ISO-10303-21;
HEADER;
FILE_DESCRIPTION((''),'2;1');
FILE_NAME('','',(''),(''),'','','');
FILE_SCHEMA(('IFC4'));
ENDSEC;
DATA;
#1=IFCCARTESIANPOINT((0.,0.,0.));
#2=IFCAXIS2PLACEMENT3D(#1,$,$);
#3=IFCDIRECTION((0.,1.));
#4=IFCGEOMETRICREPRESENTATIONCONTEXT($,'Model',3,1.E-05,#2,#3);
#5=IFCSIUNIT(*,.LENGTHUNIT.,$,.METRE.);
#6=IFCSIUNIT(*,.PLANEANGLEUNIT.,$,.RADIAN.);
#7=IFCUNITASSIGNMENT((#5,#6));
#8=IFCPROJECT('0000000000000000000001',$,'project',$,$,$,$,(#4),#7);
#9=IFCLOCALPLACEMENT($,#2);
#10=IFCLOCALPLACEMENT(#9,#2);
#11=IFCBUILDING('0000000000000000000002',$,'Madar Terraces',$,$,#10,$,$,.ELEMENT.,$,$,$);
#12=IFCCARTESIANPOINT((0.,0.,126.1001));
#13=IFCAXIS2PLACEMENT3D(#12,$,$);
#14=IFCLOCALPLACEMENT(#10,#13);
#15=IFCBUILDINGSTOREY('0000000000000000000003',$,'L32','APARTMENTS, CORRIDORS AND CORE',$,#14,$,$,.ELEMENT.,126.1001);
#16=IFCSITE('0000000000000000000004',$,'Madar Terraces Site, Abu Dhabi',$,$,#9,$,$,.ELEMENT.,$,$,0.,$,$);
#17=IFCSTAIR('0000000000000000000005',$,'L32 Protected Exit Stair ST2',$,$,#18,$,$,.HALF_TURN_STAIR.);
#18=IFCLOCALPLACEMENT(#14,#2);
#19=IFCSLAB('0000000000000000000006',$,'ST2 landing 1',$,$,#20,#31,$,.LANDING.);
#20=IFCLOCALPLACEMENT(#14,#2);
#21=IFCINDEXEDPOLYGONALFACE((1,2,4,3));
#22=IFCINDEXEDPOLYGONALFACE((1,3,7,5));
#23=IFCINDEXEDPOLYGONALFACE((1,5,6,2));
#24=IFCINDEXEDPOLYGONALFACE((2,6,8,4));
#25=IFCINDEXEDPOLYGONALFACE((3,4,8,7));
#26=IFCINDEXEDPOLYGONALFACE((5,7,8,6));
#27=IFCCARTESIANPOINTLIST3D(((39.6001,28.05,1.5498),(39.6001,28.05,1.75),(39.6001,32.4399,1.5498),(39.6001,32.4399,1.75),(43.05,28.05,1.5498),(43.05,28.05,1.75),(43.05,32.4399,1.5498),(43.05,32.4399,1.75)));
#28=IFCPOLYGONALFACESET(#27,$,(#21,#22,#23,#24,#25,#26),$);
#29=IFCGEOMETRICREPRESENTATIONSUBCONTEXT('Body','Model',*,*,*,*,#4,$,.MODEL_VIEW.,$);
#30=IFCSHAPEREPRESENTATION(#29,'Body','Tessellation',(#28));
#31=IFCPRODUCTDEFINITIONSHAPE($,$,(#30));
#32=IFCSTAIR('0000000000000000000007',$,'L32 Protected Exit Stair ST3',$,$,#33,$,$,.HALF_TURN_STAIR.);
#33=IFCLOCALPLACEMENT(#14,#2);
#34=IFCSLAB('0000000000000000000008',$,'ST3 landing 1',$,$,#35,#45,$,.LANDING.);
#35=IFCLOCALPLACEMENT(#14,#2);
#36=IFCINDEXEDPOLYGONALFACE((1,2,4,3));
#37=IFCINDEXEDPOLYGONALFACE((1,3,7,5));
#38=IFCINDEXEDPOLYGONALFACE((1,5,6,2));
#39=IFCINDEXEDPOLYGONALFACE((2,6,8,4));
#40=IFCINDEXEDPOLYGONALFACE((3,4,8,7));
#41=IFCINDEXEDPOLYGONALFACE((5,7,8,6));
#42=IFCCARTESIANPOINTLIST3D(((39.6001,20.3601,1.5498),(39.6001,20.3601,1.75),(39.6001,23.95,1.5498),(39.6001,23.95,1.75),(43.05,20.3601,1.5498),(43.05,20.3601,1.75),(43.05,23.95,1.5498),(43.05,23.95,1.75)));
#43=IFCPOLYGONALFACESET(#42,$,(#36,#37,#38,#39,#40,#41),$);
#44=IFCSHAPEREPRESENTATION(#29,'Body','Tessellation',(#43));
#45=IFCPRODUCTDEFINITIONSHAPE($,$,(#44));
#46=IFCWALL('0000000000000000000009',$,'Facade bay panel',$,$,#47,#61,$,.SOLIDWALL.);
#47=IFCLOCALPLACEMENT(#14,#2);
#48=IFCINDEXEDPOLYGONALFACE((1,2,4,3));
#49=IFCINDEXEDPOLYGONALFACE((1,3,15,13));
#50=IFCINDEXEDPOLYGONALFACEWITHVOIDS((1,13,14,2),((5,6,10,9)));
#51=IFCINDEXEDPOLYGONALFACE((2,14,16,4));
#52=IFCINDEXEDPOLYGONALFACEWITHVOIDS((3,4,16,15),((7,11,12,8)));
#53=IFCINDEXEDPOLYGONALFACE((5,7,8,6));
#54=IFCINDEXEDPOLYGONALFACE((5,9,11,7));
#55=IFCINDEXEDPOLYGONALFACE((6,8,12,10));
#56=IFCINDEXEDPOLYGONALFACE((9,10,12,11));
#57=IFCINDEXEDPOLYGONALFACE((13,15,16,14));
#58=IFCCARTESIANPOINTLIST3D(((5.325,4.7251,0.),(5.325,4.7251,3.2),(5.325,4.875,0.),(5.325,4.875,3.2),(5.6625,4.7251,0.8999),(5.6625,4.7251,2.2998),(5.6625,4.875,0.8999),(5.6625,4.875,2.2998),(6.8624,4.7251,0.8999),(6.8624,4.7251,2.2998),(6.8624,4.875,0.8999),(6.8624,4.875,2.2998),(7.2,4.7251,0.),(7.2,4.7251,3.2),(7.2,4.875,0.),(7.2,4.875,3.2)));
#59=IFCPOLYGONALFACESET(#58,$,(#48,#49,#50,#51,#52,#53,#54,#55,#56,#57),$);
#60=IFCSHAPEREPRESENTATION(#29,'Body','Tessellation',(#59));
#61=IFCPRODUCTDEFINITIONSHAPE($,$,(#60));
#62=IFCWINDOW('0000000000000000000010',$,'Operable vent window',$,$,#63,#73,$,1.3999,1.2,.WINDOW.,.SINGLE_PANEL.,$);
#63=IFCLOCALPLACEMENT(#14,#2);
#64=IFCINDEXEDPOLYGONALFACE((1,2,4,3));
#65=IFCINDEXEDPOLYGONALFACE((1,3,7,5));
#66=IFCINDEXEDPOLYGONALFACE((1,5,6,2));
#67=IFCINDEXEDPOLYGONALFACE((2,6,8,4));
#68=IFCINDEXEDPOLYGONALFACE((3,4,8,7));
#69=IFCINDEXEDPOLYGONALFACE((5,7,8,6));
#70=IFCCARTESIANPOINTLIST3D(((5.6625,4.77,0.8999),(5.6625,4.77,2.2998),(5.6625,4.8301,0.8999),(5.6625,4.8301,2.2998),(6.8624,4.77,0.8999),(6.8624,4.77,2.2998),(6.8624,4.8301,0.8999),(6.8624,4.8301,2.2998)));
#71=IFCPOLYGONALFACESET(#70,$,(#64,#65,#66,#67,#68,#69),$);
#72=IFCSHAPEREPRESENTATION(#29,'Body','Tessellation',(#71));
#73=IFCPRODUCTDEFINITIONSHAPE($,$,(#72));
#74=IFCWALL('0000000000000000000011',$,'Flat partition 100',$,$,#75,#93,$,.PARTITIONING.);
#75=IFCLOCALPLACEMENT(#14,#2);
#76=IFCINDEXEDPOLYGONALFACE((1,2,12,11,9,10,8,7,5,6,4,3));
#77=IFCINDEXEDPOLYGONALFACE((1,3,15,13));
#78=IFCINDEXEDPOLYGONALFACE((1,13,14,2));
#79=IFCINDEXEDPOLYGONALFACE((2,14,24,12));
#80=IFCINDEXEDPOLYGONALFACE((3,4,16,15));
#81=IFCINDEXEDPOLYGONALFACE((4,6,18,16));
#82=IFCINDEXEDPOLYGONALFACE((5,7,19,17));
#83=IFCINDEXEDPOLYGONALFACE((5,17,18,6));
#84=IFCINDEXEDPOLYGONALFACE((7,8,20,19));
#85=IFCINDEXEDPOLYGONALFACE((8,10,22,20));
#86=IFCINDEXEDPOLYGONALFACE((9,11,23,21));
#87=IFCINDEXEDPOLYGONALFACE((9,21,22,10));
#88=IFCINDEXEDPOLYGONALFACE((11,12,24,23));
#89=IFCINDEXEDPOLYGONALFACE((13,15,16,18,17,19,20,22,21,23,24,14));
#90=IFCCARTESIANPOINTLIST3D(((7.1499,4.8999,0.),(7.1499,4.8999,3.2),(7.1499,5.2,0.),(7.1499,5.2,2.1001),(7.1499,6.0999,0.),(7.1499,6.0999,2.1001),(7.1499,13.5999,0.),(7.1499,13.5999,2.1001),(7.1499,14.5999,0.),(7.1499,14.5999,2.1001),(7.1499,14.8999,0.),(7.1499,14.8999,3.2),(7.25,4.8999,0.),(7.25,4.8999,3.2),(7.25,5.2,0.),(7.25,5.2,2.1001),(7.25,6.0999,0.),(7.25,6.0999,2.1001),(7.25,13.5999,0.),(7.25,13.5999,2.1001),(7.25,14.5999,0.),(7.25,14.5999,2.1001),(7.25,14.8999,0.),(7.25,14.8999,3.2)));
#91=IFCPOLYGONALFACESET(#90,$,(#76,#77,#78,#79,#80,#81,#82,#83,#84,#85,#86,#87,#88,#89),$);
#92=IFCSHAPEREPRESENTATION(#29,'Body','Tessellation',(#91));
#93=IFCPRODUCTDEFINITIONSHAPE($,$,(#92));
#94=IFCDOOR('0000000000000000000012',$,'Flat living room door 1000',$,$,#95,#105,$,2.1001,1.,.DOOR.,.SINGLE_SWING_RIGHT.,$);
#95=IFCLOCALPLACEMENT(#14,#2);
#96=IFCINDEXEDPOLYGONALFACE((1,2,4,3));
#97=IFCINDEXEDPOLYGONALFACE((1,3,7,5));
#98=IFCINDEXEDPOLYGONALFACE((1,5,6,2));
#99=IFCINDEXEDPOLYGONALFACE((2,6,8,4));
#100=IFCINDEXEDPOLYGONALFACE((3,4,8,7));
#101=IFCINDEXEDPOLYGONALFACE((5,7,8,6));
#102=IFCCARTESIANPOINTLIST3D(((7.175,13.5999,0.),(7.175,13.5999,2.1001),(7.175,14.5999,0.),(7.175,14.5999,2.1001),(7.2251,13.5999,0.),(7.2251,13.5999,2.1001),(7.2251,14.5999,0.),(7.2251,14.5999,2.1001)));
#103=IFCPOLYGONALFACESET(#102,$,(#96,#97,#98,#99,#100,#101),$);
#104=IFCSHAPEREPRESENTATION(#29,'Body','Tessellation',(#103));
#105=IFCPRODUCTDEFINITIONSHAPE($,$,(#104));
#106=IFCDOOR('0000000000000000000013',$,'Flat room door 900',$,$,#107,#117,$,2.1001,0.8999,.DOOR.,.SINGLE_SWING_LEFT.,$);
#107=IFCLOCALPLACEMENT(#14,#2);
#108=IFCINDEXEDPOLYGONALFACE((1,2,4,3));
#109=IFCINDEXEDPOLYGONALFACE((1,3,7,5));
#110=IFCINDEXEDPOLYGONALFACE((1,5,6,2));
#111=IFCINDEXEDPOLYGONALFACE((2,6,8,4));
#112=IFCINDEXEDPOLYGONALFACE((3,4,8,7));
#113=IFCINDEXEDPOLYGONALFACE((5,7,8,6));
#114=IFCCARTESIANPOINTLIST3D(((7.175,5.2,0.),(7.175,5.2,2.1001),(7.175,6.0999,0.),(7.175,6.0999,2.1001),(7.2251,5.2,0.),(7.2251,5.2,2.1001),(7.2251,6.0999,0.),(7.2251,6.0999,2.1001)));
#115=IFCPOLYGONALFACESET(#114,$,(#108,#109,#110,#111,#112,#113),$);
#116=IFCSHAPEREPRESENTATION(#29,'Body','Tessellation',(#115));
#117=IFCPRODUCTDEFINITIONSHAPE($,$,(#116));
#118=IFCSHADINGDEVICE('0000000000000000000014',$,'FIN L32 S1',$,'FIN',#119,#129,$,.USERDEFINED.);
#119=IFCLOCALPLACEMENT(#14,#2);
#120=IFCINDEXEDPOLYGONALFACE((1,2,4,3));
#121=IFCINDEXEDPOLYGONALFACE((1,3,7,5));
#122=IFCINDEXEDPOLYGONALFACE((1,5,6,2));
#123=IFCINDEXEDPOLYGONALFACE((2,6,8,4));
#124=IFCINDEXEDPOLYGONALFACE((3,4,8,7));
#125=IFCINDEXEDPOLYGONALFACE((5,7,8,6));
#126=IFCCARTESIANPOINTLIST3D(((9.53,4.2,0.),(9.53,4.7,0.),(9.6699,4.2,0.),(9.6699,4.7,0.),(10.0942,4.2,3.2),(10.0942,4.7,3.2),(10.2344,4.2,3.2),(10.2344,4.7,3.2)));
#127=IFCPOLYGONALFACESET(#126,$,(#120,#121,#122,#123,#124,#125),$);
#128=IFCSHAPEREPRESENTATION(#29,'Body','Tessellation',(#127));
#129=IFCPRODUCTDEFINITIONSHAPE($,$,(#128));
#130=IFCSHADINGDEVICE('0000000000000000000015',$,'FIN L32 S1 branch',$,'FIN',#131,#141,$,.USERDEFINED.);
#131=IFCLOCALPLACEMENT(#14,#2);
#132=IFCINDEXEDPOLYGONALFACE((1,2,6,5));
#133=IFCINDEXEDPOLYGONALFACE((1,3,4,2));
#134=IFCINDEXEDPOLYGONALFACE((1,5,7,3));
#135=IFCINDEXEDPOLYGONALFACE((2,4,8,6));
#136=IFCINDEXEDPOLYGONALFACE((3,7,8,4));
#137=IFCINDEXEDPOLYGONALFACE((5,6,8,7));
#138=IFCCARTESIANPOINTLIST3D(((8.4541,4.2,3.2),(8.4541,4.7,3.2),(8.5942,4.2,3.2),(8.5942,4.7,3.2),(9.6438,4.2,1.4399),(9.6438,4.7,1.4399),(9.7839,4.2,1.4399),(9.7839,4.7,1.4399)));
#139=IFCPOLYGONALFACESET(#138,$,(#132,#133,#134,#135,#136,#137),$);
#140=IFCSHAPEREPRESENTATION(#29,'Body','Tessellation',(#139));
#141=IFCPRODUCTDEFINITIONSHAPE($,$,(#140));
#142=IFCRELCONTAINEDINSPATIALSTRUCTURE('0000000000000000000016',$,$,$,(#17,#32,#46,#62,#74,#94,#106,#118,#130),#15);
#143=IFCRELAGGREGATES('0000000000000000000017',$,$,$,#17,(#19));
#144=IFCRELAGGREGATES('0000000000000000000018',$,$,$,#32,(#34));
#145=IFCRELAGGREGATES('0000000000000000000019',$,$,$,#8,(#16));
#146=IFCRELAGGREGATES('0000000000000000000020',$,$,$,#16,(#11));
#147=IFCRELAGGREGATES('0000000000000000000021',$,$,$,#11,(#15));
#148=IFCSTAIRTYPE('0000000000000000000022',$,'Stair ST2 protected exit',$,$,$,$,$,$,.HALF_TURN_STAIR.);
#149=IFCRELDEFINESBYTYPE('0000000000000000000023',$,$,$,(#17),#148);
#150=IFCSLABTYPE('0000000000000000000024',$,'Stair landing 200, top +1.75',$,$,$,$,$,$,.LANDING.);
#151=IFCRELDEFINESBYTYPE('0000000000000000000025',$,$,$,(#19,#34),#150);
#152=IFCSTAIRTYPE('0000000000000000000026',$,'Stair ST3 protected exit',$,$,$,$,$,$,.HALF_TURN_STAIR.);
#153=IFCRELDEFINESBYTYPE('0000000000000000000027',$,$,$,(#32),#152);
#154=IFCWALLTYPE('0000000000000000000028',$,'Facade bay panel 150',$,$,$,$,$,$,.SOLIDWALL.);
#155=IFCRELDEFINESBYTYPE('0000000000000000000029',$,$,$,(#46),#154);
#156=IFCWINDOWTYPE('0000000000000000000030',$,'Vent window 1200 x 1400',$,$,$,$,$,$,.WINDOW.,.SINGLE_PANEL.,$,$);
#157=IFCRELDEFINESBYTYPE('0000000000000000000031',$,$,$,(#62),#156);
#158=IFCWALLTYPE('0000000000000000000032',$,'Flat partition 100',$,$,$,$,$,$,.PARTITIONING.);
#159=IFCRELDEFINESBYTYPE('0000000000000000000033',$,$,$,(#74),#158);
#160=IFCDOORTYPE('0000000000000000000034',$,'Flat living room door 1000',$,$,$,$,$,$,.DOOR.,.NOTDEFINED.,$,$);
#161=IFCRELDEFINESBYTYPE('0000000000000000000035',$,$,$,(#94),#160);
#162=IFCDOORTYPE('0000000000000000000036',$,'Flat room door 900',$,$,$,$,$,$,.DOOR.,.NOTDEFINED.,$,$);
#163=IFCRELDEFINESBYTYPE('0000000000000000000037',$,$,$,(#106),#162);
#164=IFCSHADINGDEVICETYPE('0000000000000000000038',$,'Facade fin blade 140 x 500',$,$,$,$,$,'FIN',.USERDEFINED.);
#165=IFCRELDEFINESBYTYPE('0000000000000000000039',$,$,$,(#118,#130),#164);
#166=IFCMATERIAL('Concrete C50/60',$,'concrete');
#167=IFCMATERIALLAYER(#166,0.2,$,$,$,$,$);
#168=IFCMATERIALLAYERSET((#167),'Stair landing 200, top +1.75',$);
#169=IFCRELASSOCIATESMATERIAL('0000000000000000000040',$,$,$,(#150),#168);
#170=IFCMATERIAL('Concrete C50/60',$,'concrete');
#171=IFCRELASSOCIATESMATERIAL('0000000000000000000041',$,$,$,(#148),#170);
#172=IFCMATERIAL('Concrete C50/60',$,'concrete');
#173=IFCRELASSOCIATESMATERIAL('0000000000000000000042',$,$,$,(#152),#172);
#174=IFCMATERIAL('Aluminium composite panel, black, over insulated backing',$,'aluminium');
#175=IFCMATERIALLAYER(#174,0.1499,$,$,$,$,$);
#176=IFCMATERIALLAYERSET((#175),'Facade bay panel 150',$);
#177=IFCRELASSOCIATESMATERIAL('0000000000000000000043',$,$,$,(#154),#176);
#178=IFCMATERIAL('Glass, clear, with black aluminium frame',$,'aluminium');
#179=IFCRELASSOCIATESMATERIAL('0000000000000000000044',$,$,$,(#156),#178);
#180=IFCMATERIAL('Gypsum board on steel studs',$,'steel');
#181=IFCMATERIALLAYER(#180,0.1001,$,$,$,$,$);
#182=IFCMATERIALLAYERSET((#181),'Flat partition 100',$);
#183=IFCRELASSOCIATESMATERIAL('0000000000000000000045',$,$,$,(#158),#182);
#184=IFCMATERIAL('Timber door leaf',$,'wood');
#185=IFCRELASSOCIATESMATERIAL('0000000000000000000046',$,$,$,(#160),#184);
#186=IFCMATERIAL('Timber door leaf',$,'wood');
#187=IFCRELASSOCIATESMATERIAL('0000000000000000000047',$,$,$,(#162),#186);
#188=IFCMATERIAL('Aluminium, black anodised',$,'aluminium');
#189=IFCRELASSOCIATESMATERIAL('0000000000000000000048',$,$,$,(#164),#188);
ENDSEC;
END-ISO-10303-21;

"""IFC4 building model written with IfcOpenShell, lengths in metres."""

from ifc_helpers import new_model, si_unit, direction, frame, frame_2d, origin, place, context, subcontext, project, spatial, polyline, rectangle, outline, extrude, material, layer, layer_set, type_object, element, fill, aggregate, save


model = new_model("IFC4")

# Units and contexts
model_context = context("Model", 3, precision=1e-05, world=origin(), true_north=direction((0.0, 1.0)))
body_context = subcontext(model_context, "Body", "Model", "MODEL_VIEW")
ifc_project = project(units=[si_unit("LENGTHUNIT", "METRE"), si_unit("PLANEANGLEUNIT", "RADIAN")], contexts=[model_context])

# Site, building, storey
site_placement = place(None, origin())
site = spatial("IfcSite", under=ifc_project, at=site_placement, Name="Madar Terraces Site, Abu Dhabi", CompositionType="ELEMENT", RefElevation=0.0)
building_placement = place(site_placement, origin())
building = spatial("IfcBuilding", under=site, at=building_placement, Name="Madar Terraces", CompositionType="ELEMENT")
storey_placement = place(building_placement, frame((0.0, 0.0, 126.1001)))
storey = spatial("IfcBuildingStorey", under=building, at=storey_placement, Name="L32", Description="APARTMENTS, CORRIDORS AND CORE", CompositionType="ELEMENT", Elevation=126.1001)

# Stairs, slabs
ifc_material_1 = material(Name="Concrete C50/60", Category="concrete")
ifc_layer_1 = layer(ifc_material_1, 0.2)
ifc_layer_set_1 = layer_set([ifc_layer_1], Name="Stair landing 200, top +1.75")
slab_type_1 = type_object("IfcSlabType", Name="Stair landing 200, top +1.75", PredefinedType="LANDING", material=ifc_layer_set_1)
ifc_material_2 = material(Name="Concrete C50/60", Category="concrete")
stair_type_1 = type_object("IfcStairType", Name="Stair ST2 protected exit", PredefinedType="HALF_TURN_STAIR", material=ifc_material_2)
stair_1_placement = place(storey_placement, origin())
stair_1 = element("IfcStair", 1, at=stair_1_placement, inside=storey, type_object=stair_type_1, Name="L32 Protected Exit Stair ST2", PredefinedType="HALF_TURN_STAIR")
slab_1_placement = place(storey_placement, frame((0.0, 0.0, 1.5498)))
slab_1 = element("IfcSlab", 2, at=slab_1_placement, type_object=slab_type_1, Name="ST2 landing 1", PredefinedType="LANDING", context=body_context, shape_type="SweptSolid", body=[
    extrude(outline(polyline([(39.6001, 28.05), (43.05, 28.05), (43.05, 32.4399), (39.6001, 32.4399), (39.6001, 28.05)])), origin(), (0.0, 0.0, 1.0), 0.2002),
])
aggregate(stair_1, [slab_1])
ifc_material_3 = material(Name="Concrete C50/60", Category="concrete")
stair_type_2 = type_object("IfcStairType", Name="Stair ST3 protected exit", PredefinedType="HALF_TURN_STAIR", material=ifc_material_3)
stair_2_placement = place(storey_placement, origin())
stair_2 = element("IfcStair", 3, at=stair_2_placement, inside=storey, type_object=stair_type_2, Name="L32 Protected Exit Stair ST3", PredefinedType="HALF_TURN_STAIR")
slab_2_placement = place(storey_placement, frame((0.0, 0.0, 1.5498)))
slab_2 = element("IfcSlab", 4, at=slab_2_placement, type_object=slab_type_1, Name="ST3 landing 1", PredefinedType="LANDING", context=body_context, shape_type="SweptSolid", body=[
    extrude(outline(polyline([(39.6001, 20.3601), (43.05, 20.3601), (43.05, 23.95), (39.6001, 23.95), (39.6001, 20.3601)])), origin(), (0.0, 0.0, 1.0), 0.2002),
])
aggregate(stair_2, [slab_2])

# Wall, opening, window
ifc_material_4 = material(Name="Aluminium composite panel, black, over insulated backing", Category="aluminium")
ifc_layer_2 = layer(ifc_material_4, 0.1499)
ifc_layer_set_2 = layer_set([ifc_layer_2], Name="Facade bay panel 150")
wall_type_1 = type_object("IfcWallType", Name="Facade bay panel 150", PredefinedType="SOLIDWALL", material=ifc_layer_set_2)
wall_1_placement = place(storey_placement, frame((5.325, 4.8, 0.0), z_axis=(0.0, 0.0, 1.0), x_axis=(1.0, 0.0, 0.0)))
wall_1 = element("IfcWall", 5, at=wall_1_placement, inside=storey, type_object=wall_type_1, Name="Facade bay panel", PredefinedType="SOLIDWALL", context=body_context, shape_type="SweptSolid", body=[
    extrude(rectangle(XDim=1.875, YDim=0.1499, at=frame_2d((0.9375, 0.0))), origin(), (0.0, 0.0, 1.0), 3.2),
])
opening_1_placement = place(wall_1_placement, frame((0.3374, 0.0, 0.8999)))
opening_1 = element("IfcOpeningElement", 6, at=opening_1_placement, cuts=wall_1, PredefinedType="OPENING", context=body_context, shape_type="SweptSolid", body=[
    extrude(rectangle(XDim=1.2, YDim=1.3999, at=frame_2d((0.6001, 0.7))), frame((0.0, 0.085, 0.0), z_axis=(0.0, -1.0, 0.0), x_axis=(1.0, 0.0, 0.0)), (0.0, 0.0, 1.0), 0.1699),
])
ifc_material_5 = material(Name="Glass, clear, with black aluminium frame", Category="aluminium")
window_type = type_object("IfcWindowType", Name="Vent window 1200 x 1400", PartitioningType="SINGLE_PANEL", PredefinedType="WINDOW", material=ifc_material_5)
window_placement = place(opening_1_placement, origin())
window = element("IfcWindow", 7, at=window_placement, inside=storey, type_object=window_type, Name="Operable vent window", OverallHeight=1.3999, OverallWidth=1.2, PartitioningType="SINGLE_PANEL", PredefinedType="WINDOW", context=body_context, shape_type="SweptSolid", body=[
    extrude(rectangle(XDim=1.2, YDim=1.3999, at=frame_2d((0.6001, 0.7))), frame((0.0, 0.03, 0.0), z_axis=(0.0, -1.0, 0.0), x_axis=(1.0, 0.0, 0.0)), (0.0, 0.0, 1.0), 0.0601),
])
fill(opening_1, window)

# Wall, openings, doors
ifc_material_6 = material(Name="Gypsum board on steel studs", Category="steel")
ifc_layer_3 = layer(ifc_material_6, 0.1001)
ifc_layer_set_3 = layer_set([ifc_layer_3], Name="Flat partition 100")
wall_type_2 = type_object("IfcWallType", Name="Flat partition 100", PredefinedType="PARTITIONING", material=ifc_layer_set_3)
wall_2_placement = place(storey_placement, frame((7.2, 4.8999, 0.0), z_axis=(0.0, 0.0, 1.0), x_axis=(0.0, 1.0, 0.0)))
wall_2 = element("IfcWall", 8, at=wall_2_placement, inside=storey, type_object=wall_type_2, Name="Flat partition 100", PredefinedType="PARTITIONING", context=body_context, shape_type="SweptSolid", body=[
    extrude(rectangle(XDim=10.0, YDim=0.1001, at=frame_2d((5.0, 0.0))), origin(), (0.0, 0.0, 1.0), 3.2),
])
opening_2_placement = place(wall_2_placement, frame((8.7, 0.0, 0.0)))
opening_2 = element("IfcOpeningElement", 9, at=opening_2_placement, cuts=wall_2, PredefinedType="OPENING", context=body_context, shape_type="SweptSolid", body=[
    extrude(rectangle(XDim=1.0, YDim=2.1001, at=frame_2d((0.5, 1.05))), frame((0.0, 0.0601, 0.0), z_axis=(0.0, -1.0, 0.0), x_axis=(1.0, 0.0, 0.0)), (0.0, 0.0, 1.0), 0.1201),
])
opening_3_placement = place(wall_2_placement, frame((0.3, 0.0, 0.0)))
opening_3 = element("IfcOpeningElement", 10, at=opening_3_placement, cuts=wall_2, PredefinedType="OPENING", context=body_context, shape_type="SweptSolid", body=[
    extrude(rectangle(XDim=0.8999, YDim=2.1001, at=frame_2d((0.45, 1.05))), frame((0.0, 0.0601, 0.0), z_axis=(0.0, -1.0, 0.0), x_axis=(1.0, 0.0, 0.0)), (0.0, 0.0, 1.0), 0.1201),
])
ifc_material_7 = material(Name="Timber door leaf", Category="wood")
door_type_1 = type_object("IfcDoorType", Name="Flat living room door 1000", OperationType="NOTDEFINED", PredefinedType="DOOR", material=ifc_material_7)
door_1_placement = place(opening_2_placement, origin())
door_1 = element("IfcDoor", 11, at=door_1_placement, inside=storey, type_object=door_type_1, Name="Flat living room door 1000", OperationType="SINGLE_SWING_RIGHT", OverallHeight=2.1001, OverallWidth=1.0, PredefinedType="DOOR", context=body_context, shape_type="SweptSolid", body=[
    extrude(rectangle(XDim=1.0, YDim=2.1001, at=frame_2d((0.5, 1.05))), frame((0.0, 0.0249, 0.0), z_axis=(0.0, -1.0, 0.0), x_axis=(1.0, 0.0, 0.0)), (0.0, 0.0, 1.0), 0.05),
])
fill(opening_2, door_1)
ifc_material_8 = material(Name="Timber door leaf", Category="wood")
door_type_2 = type_object("IfcDoorType", Name="Flat room door 900", OperationType="NOTDEFINED", PredefinedType="DOOR", material=ifc_material_8)
door_2_placement = place(opening_3_placement, origin())
door_2 = element("IfcDoor", 12, at=door_2_placement, inside=storey, type_object=door_type_2, Name="Flat room door 900", OperationType="SINGLE_SWING_LEFT", OverallHeight=2.1001, OverallWidth=0.8999, PredefinedType="DOOR", context=body_context, shape_type="SweptSolid", body=[
    extrude(rectangle(XDim=0.8999, YDim=2.1001, at=frame_2d((0.45, 1.05))), frame((0.0, 0.0249, 0.0), z_axis=(0.0, -1.0, 0.0), x_axis=(1.0, 0.0, 0.0)), (0.0, 0.0, 1.0), 0.05),
])
fill(opening_3, door_2)

# Shading devices
ifc_material_9 = material(Name="Aluminium, black anodised", Category="aluminium")
shading_device_type = type_object("IfcShadingDeviceType", Name="Facade fin blade 140 x 500", ElementType="FIN", PredefinedType="USERDEFINED", material=ifc_material_9)
shading_device_1_placement = place(storey_placement, frame((9.53, 4.45, 0.0), z_axis=(0.0, 0.0, 1.0), x_axis=(1.0, 0.0, 0.0)))
element("IfcShadingDevice", 13, at=shading_device_1_placement, inside=storey, type_object=shading_device_type, Name="FIN L32 S1", ObjectType="FIN", PredefinedType="USERDEFINED", context=body_context, shape_type="SweptSolid", body=[
    extrude(outline(polyline([(0.0, 0.0), (0.1399, 0.0), (0.7043, 3.2), (0.5642, 3.2), (0.0, 0.0)])), frame((0.0, 0.25, 0.0), z_axis=(0.0, -1.0, 0.0), x_axis=(1.0, 0.0, 0.0)), (0.0, 0.0, 1.0), 0.5),
])
shading_device_2_placement = place(storey_placement, frame((9.6438, 4.45, 1.4399), z_axis=(0.0, 0.0, 1.0), x_axis=(1.0, 0.0, 0.0)))
element("IfcShadingDevice", 14, at=shading_device_2_placement, inside=storey, type_object=shading_device_type, Name="FIN L32 S1 branch", ObjectType="FIN", PredefinedType="USERDEFINED", context=body_context, shape_type="SweptSolid", body=[
    extrude(outline(polyline([(0.0, 0.0), (0.1401, 0.0), (-1.0496, 1.76), (-1.1897, 1.76), (0.0, 0.0)])), frame((0.0, 0.25, 0.0), z_axis=(0.0, -1.0, 0.0), x_axis=(1.0, 0.0, 0.0)), (0.0, 0.0, 1.0), 0.5),
])

save(model, "model.ifc")
